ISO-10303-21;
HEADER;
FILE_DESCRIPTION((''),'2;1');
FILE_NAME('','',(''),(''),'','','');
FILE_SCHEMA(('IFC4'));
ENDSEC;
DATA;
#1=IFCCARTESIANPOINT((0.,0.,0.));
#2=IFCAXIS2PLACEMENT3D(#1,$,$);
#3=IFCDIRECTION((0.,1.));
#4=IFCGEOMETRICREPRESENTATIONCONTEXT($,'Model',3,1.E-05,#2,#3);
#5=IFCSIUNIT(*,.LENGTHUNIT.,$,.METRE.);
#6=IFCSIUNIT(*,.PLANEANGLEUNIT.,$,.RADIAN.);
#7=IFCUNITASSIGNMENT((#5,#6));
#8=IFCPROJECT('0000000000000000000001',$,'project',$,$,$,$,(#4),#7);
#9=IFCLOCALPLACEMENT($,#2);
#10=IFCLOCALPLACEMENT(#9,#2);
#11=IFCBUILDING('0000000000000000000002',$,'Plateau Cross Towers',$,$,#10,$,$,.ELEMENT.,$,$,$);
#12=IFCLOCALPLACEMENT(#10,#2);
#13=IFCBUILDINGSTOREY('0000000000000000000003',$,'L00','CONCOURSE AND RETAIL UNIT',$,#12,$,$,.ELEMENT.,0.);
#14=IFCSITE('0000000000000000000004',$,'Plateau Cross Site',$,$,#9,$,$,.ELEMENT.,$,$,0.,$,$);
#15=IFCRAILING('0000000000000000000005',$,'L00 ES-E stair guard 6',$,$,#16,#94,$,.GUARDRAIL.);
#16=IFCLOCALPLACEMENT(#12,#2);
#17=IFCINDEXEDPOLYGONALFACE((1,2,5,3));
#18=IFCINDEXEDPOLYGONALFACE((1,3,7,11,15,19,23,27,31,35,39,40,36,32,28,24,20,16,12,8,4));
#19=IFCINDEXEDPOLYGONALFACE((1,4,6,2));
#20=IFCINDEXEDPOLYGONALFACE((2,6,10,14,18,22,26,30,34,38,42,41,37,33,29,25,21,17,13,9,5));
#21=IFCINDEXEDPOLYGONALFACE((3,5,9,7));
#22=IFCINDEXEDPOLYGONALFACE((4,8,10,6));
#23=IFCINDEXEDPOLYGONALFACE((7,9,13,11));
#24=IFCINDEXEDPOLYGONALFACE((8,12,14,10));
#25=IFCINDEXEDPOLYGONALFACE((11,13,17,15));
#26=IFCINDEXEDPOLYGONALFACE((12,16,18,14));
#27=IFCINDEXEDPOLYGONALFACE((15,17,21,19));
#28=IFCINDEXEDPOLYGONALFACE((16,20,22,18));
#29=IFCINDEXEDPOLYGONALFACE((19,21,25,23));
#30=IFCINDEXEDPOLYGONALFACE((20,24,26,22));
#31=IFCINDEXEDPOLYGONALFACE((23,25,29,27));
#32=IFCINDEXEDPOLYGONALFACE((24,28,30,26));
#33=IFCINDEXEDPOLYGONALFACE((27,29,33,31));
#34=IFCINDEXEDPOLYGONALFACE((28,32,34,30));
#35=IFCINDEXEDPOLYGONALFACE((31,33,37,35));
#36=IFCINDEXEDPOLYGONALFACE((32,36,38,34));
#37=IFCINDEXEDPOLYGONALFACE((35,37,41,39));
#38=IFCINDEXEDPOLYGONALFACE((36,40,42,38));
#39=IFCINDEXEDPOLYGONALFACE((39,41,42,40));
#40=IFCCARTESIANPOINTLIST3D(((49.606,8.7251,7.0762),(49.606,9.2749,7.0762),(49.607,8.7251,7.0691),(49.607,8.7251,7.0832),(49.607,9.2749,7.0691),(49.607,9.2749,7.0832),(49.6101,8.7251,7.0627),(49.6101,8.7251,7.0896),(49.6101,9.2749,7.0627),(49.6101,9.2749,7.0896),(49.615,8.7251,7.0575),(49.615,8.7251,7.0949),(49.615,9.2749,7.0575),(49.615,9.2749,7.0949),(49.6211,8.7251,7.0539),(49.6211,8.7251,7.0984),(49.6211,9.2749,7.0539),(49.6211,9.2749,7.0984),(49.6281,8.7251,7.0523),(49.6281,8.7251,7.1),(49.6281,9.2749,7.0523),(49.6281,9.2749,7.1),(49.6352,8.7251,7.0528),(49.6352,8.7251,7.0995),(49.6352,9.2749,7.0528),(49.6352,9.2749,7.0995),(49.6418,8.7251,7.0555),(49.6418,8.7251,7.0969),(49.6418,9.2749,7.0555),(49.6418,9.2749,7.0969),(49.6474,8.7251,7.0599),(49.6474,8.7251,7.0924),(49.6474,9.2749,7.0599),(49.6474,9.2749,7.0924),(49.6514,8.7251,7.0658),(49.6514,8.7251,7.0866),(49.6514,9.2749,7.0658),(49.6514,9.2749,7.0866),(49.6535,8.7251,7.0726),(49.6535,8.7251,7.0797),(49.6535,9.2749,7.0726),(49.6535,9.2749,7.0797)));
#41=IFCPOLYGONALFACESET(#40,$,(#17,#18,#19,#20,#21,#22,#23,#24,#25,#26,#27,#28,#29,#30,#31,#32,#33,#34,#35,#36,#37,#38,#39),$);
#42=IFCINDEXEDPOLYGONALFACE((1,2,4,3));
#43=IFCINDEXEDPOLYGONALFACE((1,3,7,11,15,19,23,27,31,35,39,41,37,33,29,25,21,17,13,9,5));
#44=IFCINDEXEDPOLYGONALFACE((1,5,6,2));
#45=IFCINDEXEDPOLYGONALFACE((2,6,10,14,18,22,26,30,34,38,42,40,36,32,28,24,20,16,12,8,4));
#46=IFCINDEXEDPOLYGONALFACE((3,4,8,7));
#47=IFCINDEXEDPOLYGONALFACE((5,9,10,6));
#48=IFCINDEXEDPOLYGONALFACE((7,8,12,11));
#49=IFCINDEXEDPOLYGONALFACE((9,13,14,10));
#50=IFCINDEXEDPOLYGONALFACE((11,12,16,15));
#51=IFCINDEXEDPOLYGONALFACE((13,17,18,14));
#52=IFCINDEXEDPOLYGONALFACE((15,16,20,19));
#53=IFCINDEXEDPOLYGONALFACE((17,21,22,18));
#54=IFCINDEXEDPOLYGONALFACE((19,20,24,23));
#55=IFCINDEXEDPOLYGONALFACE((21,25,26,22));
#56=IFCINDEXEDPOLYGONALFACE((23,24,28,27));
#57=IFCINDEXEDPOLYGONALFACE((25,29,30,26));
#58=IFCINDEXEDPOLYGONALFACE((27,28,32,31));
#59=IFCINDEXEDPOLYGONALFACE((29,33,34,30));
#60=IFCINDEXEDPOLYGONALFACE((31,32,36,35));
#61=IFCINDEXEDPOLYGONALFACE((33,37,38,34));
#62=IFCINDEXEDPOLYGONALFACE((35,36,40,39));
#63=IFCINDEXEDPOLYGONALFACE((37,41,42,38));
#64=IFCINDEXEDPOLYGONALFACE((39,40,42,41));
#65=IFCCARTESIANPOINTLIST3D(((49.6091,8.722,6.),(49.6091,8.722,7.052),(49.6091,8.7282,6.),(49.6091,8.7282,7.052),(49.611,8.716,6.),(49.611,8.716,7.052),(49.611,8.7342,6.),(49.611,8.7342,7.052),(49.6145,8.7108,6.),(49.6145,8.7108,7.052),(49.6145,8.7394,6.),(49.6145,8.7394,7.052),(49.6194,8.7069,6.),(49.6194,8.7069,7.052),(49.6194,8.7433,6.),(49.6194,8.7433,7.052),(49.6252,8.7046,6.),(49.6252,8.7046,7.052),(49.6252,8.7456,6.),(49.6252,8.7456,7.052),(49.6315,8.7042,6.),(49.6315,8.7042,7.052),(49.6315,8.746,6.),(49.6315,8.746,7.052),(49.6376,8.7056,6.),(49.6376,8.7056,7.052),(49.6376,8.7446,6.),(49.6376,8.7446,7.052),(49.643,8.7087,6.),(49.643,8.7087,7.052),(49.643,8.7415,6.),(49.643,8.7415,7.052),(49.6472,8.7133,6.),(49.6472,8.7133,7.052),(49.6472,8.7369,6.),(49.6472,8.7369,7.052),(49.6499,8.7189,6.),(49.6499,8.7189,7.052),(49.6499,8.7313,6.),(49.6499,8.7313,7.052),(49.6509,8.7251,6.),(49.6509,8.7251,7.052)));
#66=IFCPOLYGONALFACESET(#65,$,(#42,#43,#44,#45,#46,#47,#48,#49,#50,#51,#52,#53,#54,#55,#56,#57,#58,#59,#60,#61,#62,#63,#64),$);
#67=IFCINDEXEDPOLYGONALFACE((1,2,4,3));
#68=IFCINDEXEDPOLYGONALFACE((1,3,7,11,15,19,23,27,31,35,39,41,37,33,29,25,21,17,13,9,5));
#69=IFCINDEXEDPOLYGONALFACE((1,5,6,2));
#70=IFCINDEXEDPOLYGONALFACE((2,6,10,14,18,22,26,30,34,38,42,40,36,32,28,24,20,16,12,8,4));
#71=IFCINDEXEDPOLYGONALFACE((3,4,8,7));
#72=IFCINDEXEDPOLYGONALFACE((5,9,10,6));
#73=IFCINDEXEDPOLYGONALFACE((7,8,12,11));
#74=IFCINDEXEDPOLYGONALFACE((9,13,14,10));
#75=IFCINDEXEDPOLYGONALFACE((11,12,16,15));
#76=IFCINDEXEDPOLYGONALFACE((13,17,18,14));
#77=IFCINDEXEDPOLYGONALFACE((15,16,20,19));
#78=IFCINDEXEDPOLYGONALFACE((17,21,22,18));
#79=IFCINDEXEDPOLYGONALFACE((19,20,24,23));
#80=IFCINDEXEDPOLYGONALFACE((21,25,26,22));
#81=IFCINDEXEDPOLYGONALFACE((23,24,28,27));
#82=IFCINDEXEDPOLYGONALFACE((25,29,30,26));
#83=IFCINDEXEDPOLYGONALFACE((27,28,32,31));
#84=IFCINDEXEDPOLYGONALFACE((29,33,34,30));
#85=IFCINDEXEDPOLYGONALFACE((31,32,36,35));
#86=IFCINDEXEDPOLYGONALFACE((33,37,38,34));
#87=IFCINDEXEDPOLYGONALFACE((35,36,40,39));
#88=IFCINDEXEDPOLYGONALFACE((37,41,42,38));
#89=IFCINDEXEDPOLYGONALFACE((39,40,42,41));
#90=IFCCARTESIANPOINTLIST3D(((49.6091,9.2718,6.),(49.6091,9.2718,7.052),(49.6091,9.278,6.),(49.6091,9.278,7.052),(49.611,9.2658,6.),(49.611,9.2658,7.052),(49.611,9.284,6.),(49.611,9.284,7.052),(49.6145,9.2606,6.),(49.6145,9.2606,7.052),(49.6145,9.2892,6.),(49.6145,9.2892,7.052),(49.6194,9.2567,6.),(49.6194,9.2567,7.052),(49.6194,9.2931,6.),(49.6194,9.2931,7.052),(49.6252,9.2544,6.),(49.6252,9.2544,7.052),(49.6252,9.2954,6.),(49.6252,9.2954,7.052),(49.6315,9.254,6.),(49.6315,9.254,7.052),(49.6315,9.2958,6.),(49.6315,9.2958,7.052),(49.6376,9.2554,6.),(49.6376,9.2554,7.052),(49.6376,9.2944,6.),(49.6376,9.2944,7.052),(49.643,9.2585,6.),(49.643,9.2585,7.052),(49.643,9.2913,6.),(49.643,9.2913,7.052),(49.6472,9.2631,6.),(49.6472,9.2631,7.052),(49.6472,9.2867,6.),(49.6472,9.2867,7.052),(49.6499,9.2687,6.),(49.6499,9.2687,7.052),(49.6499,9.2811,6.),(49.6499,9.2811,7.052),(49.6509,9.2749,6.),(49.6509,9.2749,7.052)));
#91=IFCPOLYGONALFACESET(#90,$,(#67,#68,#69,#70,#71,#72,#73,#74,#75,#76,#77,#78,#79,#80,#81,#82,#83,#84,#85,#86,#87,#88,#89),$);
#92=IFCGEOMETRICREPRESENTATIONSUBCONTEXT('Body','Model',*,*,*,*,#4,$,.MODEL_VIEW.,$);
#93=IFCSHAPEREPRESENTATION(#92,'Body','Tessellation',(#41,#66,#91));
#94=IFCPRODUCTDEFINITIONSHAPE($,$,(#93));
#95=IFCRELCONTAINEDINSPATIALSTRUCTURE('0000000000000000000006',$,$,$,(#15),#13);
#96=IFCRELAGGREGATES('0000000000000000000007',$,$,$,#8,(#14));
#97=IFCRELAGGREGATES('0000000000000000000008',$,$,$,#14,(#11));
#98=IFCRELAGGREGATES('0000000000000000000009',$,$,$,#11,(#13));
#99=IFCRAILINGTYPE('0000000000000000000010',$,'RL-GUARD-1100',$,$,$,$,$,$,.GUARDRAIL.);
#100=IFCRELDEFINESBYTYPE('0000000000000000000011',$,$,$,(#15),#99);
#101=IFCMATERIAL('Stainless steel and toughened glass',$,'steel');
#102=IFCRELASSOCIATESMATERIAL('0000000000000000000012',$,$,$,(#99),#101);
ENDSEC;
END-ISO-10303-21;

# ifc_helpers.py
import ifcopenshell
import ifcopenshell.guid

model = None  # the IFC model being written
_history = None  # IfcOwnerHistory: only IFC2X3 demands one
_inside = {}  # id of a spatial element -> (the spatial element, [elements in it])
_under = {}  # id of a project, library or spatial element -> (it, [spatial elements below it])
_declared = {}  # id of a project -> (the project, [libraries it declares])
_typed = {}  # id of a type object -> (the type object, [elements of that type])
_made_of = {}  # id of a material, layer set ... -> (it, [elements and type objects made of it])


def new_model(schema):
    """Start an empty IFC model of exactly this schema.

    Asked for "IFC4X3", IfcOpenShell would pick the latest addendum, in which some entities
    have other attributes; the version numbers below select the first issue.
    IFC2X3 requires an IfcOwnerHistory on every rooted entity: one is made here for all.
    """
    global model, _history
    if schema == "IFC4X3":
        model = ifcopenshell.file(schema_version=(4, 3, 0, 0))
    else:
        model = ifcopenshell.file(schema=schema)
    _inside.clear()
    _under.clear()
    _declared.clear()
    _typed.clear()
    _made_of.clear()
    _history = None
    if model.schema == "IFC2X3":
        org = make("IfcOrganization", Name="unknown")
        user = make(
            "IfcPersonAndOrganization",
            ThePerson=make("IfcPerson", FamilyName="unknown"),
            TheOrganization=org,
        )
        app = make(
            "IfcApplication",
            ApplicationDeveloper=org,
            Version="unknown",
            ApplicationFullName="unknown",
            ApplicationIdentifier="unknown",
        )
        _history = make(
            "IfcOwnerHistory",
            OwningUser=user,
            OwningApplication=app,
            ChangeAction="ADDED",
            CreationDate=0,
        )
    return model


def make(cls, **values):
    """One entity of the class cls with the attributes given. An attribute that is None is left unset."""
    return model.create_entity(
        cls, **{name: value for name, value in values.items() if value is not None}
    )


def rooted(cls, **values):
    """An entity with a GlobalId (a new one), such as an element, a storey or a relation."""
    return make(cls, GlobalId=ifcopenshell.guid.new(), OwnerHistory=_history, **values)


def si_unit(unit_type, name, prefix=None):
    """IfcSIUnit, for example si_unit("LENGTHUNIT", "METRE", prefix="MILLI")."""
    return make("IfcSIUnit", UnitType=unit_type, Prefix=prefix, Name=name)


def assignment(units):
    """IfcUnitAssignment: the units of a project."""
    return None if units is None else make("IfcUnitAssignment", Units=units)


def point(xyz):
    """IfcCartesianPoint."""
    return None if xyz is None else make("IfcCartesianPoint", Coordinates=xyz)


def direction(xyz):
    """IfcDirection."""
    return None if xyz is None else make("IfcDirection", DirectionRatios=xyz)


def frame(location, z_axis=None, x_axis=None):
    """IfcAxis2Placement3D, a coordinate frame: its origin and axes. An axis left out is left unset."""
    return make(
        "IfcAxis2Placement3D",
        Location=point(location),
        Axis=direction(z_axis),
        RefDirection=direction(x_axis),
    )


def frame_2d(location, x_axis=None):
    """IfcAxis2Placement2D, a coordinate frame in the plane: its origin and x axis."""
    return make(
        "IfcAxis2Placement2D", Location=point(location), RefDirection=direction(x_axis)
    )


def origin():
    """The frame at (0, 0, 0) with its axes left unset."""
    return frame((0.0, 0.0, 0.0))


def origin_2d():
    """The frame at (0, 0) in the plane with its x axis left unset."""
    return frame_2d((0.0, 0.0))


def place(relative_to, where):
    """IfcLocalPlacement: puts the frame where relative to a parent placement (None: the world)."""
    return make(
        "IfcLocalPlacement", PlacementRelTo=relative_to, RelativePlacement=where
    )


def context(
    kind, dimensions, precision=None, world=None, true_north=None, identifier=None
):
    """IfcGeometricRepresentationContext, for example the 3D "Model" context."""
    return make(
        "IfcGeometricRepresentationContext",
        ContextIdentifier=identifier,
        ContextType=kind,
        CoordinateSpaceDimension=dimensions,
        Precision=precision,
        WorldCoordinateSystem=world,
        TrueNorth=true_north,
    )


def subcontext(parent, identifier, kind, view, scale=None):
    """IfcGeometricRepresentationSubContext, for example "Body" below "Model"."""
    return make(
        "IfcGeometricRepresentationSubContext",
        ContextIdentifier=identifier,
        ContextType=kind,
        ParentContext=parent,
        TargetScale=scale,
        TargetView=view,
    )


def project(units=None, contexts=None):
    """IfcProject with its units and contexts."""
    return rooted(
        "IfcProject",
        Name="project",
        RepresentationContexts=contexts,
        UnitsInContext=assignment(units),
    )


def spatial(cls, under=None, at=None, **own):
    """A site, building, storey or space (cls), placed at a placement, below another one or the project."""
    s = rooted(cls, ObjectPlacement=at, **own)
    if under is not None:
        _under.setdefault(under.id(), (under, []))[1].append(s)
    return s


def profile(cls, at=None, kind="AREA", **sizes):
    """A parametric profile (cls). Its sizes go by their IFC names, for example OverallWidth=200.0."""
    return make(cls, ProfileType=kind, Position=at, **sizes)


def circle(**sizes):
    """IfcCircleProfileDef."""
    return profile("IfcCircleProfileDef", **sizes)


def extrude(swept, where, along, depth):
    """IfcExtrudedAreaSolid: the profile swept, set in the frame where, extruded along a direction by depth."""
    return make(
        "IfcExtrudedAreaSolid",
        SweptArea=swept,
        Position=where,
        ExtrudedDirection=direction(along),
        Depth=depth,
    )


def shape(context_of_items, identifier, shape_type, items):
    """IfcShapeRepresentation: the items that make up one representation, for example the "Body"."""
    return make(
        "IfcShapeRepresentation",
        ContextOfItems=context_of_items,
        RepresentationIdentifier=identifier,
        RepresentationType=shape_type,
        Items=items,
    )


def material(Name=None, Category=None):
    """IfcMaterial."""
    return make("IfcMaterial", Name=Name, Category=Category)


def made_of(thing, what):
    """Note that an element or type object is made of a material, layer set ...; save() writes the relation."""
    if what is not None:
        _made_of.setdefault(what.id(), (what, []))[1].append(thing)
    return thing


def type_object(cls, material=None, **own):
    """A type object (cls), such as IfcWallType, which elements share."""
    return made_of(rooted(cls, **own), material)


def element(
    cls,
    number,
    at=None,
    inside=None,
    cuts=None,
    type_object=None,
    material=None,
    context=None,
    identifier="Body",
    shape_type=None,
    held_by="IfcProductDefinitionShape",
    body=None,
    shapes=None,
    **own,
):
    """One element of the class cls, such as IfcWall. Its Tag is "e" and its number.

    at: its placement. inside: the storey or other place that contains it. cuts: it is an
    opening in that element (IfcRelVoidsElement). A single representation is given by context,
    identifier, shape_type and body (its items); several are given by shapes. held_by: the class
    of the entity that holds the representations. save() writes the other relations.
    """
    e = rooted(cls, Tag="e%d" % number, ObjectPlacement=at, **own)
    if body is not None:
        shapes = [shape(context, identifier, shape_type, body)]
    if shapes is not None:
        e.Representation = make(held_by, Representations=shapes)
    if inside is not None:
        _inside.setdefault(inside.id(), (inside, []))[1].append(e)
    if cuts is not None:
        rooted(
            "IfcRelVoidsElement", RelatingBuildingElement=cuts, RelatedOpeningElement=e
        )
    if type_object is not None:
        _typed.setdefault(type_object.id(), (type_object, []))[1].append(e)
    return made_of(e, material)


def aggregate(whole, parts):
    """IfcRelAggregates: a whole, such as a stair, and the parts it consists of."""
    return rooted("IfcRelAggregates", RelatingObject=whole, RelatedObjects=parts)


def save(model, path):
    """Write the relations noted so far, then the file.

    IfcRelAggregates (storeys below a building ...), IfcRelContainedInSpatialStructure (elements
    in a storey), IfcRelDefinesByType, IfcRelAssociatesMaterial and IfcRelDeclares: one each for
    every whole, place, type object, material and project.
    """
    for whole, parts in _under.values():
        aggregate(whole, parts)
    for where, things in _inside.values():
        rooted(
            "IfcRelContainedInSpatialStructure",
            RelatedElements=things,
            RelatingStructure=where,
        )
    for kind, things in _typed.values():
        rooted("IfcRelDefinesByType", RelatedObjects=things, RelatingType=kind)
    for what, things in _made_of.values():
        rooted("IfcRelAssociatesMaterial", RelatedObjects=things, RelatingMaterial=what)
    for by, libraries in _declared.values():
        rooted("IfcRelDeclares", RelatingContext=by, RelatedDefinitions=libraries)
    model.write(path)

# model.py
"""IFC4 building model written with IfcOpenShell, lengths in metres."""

from ifc_helpers import new_model, si_unit, direction, frame, origin, origin_2d, place, context, subcontext, project, spatial, circle, extrude, material, type_object, element, save


model = new_model("IFC4")

# Units and contexts
model_context = context("Model", 3, precision=1e-05, world=origin(), true_north=direction((0.0, 1.0)))
body_context = subcontext(model_context, "Body", "Model", "MODEL_VIEW")
ifc_project = project(units=[si_unit("LENGTHUNIT", "METRE"), si_unit("PLANEANGLEUNIT", "RADIAN")], contexts=[model_context])

# Site, building, storey
site_placement = place(None, origin())
site = spatial("IfcSite", under=ifc_project, at=site_placement, Name="Plateau Cross Site", CompositionType="ELEMENT", RefElevation=0.0)
building_placement = place(site_placement, origin())
building = spatial("IfcBuilding", under=site, at=building_placement, Name="Plateau Cross Towers", CompositionType="ELEMENT")
storey_placement = place(building_placement, origin())
storey = spatial("IfcBuildingStorey", under=building, at=storey_placement, Name="L00", Description="CONCOURSE AND RETAIL UNIT", CompositionType="ELEMENT", Elevation=0.0)

# Railing
ifc_material_1 = material(Name="Stainless steel and toughened glass", Category="steel")
railing_type_1 = type_object("IfcRailingType", Name="RL-GUARD-1100", PredefinedType="GUARDRAIL", material=ifc_material_1)
railing_1_placement = place(storey_placement, frame((49.6299, 8.7251, 6.0)))
element("IfcRailing", 1, at=railing_1_placement, inside=storey, type_object=railing_type_1, Name="L00 ES-E stair guard 6", PredefinedType="GUARDRAIL", context=body_context, shape_type="SweptSolid", body=[
    extrude(circle(Radius=0.0239, at=origin_2d()), frame((0.0, 0.0, 1.0762), z_axis=(0.0, 1.0, 0.0), x_axis=(-1.0, 0.0, 0.0)), (0.0, 0.0, 1.0), 0.5498),
    extrude(circle(Radius=0.021, at=origin_2d()), origin(), (0.0, 0.0, 1.0), 1.052),
    extrude(circle(Radius=0.021, at=origin_2d()), frame((0.0, 0.5498, 0.0)), (0.0, 0.0, 1.0), 1.052),
])

save(model, "model.ifc")
